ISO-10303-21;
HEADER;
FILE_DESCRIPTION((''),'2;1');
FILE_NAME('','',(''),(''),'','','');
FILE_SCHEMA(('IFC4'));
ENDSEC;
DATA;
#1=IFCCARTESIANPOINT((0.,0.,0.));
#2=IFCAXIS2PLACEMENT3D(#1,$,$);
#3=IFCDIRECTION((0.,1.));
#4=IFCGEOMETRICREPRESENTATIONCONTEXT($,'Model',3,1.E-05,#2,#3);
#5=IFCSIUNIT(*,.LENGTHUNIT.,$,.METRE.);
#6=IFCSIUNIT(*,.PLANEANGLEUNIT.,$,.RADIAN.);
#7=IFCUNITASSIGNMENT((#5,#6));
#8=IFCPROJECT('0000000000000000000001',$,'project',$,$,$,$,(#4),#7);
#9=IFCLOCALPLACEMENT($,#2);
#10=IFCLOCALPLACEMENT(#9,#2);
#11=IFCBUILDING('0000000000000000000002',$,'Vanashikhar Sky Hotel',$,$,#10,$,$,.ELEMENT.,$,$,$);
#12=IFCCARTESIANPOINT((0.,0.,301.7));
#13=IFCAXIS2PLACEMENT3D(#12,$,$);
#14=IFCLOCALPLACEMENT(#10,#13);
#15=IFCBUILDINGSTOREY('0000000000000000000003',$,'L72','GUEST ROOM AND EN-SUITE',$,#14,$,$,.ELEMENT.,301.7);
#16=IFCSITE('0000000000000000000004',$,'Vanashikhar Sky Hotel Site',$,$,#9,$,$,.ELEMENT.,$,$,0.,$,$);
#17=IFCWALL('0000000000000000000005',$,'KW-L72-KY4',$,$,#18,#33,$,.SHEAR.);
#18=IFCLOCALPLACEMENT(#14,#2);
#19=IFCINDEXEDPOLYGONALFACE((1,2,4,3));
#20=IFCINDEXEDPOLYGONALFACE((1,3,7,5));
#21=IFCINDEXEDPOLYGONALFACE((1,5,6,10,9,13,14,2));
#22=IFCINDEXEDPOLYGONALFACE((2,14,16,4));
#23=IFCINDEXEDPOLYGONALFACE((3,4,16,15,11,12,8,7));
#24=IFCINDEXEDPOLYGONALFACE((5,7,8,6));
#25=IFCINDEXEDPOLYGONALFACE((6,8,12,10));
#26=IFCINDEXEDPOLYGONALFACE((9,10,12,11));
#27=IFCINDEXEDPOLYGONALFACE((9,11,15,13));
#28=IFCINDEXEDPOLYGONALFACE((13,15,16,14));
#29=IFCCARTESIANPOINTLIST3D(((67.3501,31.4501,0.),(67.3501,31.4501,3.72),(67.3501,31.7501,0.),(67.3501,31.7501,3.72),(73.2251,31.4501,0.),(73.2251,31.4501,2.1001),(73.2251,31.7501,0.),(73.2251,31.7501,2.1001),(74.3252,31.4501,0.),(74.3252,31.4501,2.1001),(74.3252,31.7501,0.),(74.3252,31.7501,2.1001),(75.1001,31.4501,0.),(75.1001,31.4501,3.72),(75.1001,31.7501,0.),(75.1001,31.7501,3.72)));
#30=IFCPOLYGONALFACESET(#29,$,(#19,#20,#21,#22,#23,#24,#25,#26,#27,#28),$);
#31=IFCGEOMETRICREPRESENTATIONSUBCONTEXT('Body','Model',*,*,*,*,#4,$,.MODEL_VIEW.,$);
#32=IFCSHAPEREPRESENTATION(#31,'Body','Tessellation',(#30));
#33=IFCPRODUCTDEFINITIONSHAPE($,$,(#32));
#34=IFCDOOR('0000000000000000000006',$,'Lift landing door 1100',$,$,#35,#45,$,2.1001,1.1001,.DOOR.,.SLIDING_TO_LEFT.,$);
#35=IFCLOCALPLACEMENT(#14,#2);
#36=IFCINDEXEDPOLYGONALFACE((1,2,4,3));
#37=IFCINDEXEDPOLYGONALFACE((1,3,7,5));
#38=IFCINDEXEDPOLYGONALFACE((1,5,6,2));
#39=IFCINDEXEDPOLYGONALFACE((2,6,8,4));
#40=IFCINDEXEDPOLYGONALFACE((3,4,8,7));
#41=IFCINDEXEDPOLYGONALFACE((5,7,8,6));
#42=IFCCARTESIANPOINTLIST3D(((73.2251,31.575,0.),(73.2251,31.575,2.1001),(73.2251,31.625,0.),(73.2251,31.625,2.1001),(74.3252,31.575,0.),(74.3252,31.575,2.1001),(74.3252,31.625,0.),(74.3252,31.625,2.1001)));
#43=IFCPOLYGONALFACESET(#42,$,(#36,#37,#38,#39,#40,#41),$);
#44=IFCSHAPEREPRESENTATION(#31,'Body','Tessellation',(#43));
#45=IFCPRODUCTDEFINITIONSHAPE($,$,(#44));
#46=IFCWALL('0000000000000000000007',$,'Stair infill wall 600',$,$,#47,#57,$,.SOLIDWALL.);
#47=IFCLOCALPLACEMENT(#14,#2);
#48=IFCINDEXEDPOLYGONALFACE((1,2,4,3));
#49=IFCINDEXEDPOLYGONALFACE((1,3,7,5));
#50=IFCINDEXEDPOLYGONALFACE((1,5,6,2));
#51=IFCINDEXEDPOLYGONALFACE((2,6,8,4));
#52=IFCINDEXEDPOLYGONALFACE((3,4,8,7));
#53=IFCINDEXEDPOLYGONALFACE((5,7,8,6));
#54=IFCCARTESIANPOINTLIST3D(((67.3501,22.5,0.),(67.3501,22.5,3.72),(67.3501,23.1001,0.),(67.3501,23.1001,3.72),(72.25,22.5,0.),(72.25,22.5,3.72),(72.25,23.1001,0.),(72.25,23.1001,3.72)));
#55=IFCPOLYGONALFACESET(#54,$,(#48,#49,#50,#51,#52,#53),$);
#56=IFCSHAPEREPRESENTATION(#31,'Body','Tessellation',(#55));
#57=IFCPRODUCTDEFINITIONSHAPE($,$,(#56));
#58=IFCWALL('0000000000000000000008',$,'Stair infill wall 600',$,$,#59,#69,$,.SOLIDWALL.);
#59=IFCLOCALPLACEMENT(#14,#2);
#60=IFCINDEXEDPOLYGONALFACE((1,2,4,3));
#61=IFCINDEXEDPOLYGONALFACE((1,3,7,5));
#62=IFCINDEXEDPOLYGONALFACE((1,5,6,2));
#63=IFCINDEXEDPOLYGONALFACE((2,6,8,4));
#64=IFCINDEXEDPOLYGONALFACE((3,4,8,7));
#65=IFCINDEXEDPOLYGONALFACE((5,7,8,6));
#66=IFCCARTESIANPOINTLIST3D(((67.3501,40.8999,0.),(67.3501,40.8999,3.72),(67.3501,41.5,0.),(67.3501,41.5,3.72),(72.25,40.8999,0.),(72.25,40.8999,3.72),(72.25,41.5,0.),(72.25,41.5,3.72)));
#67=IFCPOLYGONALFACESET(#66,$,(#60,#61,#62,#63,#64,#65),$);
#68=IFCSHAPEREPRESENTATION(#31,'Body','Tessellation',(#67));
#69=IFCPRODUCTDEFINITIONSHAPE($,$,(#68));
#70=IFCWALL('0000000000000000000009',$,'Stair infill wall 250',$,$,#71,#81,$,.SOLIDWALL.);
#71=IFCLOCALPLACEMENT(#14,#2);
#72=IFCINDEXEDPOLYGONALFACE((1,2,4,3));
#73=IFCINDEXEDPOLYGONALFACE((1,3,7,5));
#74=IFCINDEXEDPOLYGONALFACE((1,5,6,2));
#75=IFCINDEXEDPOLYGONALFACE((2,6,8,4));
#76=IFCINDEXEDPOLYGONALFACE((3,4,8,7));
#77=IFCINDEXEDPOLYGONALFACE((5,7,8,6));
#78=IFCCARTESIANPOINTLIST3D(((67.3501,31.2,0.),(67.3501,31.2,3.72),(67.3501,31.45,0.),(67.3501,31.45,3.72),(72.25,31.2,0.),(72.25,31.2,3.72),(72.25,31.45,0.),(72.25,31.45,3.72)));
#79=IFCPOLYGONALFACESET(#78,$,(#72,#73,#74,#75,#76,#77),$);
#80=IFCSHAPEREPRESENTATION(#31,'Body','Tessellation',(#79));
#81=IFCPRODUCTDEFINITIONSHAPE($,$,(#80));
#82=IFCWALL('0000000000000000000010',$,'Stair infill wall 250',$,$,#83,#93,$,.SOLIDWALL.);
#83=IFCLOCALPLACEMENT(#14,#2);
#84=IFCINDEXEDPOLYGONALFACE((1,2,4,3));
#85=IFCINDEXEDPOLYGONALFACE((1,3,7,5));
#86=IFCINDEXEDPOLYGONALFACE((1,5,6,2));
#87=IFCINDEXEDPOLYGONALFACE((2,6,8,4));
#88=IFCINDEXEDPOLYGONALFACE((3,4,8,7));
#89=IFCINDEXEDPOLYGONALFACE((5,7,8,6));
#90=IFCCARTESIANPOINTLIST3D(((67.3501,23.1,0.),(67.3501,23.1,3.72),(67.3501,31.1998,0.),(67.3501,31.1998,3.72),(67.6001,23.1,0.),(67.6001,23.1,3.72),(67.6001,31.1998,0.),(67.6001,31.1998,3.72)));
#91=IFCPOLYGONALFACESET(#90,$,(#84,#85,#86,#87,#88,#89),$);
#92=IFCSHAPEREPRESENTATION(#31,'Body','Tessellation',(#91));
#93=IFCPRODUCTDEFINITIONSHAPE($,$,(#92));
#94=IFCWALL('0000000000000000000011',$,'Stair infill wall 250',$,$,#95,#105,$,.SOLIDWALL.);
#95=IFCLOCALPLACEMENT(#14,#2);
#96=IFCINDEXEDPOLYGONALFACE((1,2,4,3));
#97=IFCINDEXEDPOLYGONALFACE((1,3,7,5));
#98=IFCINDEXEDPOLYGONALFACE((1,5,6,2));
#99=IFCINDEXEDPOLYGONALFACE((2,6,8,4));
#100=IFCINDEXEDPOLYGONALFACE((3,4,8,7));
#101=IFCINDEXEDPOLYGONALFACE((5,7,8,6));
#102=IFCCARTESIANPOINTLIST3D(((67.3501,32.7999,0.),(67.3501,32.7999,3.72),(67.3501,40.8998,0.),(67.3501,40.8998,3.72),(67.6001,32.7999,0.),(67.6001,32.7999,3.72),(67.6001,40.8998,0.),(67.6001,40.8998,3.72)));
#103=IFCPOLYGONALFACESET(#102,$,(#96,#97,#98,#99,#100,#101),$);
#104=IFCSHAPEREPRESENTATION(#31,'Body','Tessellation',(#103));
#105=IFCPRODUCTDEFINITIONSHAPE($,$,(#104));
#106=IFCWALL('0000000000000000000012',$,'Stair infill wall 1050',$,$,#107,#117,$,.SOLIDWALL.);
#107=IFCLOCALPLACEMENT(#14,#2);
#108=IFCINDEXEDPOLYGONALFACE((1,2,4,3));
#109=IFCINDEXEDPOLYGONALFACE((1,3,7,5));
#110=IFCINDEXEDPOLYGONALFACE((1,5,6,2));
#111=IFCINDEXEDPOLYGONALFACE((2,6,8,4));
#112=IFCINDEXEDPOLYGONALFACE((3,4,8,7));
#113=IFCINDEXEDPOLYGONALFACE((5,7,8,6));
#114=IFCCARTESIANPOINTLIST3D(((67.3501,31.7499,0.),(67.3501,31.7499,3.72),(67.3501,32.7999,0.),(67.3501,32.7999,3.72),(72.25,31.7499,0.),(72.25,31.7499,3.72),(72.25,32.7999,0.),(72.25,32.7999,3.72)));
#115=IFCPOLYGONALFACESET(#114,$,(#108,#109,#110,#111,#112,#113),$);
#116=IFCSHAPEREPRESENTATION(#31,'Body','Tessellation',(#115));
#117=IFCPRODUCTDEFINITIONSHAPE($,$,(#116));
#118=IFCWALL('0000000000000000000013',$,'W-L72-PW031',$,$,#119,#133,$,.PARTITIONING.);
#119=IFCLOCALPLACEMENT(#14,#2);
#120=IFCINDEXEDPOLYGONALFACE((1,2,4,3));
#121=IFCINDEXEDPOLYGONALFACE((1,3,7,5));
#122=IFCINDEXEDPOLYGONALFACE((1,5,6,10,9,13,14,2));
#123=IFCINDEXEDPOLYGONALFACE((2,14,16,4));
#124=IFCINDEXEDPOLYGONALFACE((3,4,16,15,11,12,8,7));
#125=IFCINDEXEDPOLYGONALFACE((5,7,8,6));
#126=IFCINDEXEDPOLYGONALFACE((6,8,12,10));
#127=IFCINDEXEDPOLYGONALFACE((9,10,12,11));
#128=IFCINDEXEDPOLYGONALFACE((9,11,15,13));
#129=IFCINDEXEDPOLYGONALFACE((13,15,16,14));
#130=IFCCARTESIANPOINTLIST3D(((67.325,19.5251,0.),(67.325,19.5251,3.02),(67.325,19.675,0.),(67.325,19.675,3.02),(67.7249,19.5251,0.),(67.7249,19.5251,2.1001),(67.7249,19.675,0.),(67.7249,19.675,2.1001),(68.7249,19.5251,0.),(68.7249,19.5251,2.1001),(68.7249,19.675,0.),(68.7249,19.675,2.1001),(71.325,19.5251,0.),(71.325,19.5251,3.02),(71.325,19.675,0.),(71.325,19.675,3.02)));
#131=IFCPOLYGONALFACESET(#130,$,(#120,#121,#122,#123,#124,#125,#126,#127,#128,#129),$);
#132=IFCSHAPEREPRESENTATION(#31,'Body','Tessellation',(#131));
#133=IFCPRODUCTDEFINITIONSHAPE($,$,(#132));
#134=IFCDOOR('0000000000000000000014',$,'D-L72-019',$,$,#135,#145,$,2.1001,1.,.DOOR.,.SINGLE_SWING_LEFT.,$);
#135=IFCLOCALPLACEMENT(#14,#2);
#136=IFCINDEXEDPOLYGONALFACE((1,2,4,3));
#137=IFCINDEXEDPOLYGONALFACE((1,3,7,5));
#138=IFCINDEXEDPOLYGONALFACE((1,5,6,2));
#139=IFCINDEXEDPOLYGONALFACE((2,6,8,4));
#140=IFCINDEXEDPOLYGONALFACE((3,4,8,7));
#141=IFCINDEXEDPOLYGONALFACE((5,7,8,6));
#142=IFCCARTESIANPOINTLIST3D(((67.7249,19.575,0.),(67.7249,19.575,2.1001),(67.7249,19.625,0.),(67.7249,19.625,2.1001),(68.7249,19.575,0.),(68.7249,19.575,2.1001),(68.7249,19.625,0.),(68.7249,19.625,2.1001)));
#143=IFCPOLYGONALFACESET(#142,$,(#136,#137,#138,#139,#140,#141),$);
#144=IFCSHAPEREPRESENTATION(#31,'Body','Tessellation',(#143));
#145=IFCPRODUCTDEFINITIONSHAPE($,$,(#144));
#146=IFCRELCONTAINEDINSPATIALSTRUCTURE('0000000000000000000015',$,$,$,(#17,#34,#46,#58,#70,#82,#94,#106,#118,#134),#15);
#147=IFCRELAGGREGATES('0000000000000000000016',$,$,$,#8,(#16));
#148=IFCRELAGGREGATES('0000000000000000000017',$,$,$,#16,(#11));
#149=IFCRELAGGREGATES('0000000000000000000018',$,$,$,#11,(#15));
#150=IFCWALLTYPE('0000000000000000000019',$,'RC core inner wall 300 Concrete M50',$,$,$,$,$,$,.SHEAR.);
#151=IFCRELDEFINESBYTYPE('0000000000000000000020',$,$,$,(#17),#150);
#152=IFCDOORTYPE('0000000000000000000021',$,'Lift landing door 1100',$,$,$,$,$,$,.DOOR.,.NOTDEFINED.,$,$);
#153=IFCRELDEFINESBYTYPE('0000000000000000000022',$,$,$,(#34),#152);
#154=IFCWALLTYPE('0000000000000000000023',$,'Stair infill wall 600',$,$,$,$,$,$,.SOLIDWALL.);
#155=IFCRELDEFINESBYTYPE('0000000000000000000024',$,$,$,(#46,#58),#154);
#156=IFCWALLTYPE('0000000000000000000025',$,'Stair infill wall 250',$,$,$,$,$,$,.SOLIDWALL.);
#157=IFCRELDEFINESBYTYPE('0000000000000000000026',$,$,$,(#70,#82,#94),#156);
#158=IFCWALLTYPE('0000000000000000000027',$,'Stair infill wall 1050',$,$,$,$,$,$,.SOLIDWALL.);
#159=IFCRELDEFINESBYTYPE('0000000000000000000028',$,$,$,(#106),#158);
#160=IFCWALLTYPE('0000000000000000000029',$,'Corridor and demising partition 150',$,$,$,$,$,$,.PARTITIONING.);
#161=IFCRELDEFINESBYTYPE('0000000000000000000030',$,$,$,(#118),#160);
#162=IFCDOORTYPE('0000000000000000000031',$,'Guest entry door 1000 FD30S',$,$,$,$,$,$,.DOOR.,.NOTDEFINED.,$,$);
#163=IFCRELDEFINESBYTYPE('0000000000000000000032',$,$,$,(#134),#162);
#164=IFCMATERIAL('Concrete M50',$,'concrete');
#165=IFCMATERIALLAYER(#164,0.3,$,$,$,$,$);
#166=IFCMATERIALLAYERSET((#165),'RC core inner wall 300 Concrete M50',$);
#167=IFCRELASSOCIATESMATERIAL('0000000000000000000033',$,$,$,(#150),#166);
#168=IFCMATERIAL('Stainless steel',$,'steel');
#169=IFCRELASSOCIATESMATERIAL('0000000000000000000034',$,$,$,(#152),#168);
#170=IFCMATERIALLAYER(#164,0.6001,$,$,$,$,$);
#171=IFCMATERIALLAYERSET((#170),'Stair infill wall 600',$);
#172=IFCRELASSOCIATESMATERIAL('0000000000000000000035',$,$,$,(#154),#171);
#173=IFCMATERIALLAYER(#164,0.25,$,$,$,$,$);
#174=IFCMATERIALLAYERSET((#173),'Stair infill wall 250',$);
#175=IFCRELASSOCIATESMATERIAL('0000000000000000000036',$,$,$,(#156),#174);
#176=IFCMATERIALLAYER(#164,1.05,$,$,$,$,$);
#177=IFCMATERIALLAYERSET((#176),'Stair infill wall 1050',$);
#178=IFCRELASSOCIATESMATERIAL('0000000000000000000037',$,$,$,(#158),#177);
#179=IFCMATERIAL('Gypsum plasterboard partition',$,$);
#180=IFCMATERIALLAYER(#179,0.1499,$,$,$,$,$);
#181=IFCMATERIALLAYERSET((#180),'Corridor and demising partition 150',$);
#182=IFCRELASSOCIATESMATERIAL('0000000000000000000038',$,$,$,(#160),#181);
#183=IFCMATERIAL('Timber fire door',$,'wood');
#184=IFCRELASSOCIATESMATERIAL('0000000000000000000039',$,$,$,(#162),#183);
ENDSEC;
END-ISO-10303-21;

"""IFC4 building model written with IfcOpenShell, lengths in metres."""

from ifc_helpers import new_model, si_unit, direction, frame, frame_2d, origin, place, context, subcontext, project, spatial, rectangle, extrude, source, transform, mapped, material, layer, layer_set, type_object, element, fill, save


model = new_model("IFC4")

# Units and contexts
model_context = context("Model", 3, precision=1e-05, world=origin(), true_north=direction((0.0, 1.0)))
body_context = subcontext(model_context, "Body", "Model", "MODEL_VIEW")
ifc_project = project(units=[si_unit("LENGTHUNIT", "METRE"), si_unit("PLANEANGLEUNIT", "RADIAN")], contexts=[model_context])

# Site, building, storey
site_placement = place(None, origin())
site = spatial("IfcSite", under=ifc_project, at=site_placement, Name="Vanashikhar Sky Hotel Site", CompositionType="ELEMENT", RefElevation=0.0)
building_placement = place(site_placement, origin())
building = spatial("IfcBuilding", under=site, at=building_placement, Name="Vanashikhar Sky Hotel", CompositionType="ELEMENT")
storey_placement = place(building_placement, frame((0.0, 0.0, 301.7)))
storey = spatial("IfcBuildingStorey", under=building, at=storey_placement, Name="L72", Description="GUEST ROOM AND EN-SUITE", CompositionType="ELEMENT", Elevation=301.7)

# Wall, opening, door
ifc_material_1 = material(Name="Concrete M50", Category="concrete")
ifc_layer_1 = layer(ifc_material_1, 0.3)
ifc_layer_set_1 = layer_set([ifc_layer_1], Name="RC core inner wall 300 Concrete M50")
wall_type_1 = type_object("IfcWallType", Name="RC core inner wall 300 Concrete M50", PredefinedType="SHEAR", material=ifc_layer_set_1)
shared_shape_1 = source(origin(), body_context, "Body", "SweptSolid", [
    extrude(rectangle(XDim=7.75, YDim=0.3, at=frame_2d((3.875, 0.0))), origin(), (0.0, 0.0, 1.0), 3.72),
])
wall_1_placement = place(storey_placement, frame((67.3501, 31.6001, 0.0), z_axis=(0.0, 0.0, 1.0), x_axis=(1.0, 0.0, 0.0)))
wall_1 = element("IfcWall", 1, at=wall_1_placement, inside=storey, type_object=wall_type_1, Name="KW-L72-KY4", PredefinedType="SHEAR", context=body_context, shape_type="MappedRepresentation", body=[
    mapped(shared_shape_1, transform((0.0, 0.0, 0.0), scale=1.0)),
])
shared_shape_2 = source(origin(), body_context, "Body", "SweptSolid", [
    extrude(rectangle(XDim=1.1001, YDim=2.1001, at=frame_2d((0.55, 1.05))), frame((0.0, 0.1602, 0.0), z_axis=(0.0, -1.0, 0.0), x_axis=(1.0, 0.0, 0.0)), (0.0, 0.0, 1.0), 0.3201),
])
opening_1_placement = place(wall_1_placement, frame((5.875, 0.0, 0.0)))
opening_1 = element("IfcOpeningElement", 2, at=opening_1_placement, cuts=wall_1, PredefinedType="OPENING", context=body_context, shape_type="MappedRepresentation", body=[
    mapped(shared_shape_2, transform((0.0, 0.0, 0.0), scale=1.0)),
])
ifc_material_2 = material(Name="Stainless steel", Category="steel")
door_type_1 = type_object("IfcDoorType", Name="Lift landing door 1100", OperationType="NOTDEFINED", PredefinedType="DOOR", material=ifc_material_2)
shared_shape_3 = source(origin(), body_context, "Body", "SweptSolid", [
    extrude(rectangle(XDim=1.1001, YDim=2.1001, at=frame_2d((0.55, 1.05))), frame((0.0, 0.0249, 0.0), z_axis=(0.0, -1.0, 0.0), x_axis=(1.0, 0.0, 0.0)), (0.0, 0.0, 1.0), 0.05),
])
door_1_placement = place(opening_1_placement, origin())
door_1 = element("IfcDoor", 3, at=door_1_placement, inside=storey, type_object=door_type_1, Name="Lift landing door 1100", OperationType="SLIDING_TO_LEFT", OverallHeight=2.1001, OverallWidth=1.1001, PredefinedType="DOOR", context=body_context, shape_type="MappedRepresentation", body=[
    mapped(shared_shape_3, transform((0.0, 0.0, 0.0), scale=1.0)),
])
fill(opening_1, door_1)

# Walls
ifc_layer_2 = layer(ifc_material_1, 0.6001)
ifc_layer_set_2 = layer_set([ifc_layer_2], Name="Stair infill wall 600")
wall_type_2 = type_object("IfcWallType", Name="Stair infill wall 600", PredefinedType="SOLIDWALL", material=ifc_layer_set_2)
shared_shape_4 = source(origin(), body_context, "Body", "SweptSolid", [
    extrude(rectangle(XDim=4.8999, YDim=0.6001, at=frame_2d((2.45, 0.0))), origin(), (0.0, 0.0, 1.0), 3.72),
])
for number, where, z_axis, x_axis, name in (
    (4, (67.3501, 22.8, 0.0), (0.0, 0.0, 1.0), (1.0, 0.0, 0.0), "Stair infill wall 600"),
    (5, (67.3501, 41.2, 0.0), (0.0, 0.0, 1.0), (1.0, 0.0, 0.0), "Stair infill wall 600"),
):
    element("IfcWall", number, at=place(storey_placement, frame(where, z_axis=z_axis, x_axis=x_axis)), inside=storey, type_object=wall_type_2, Name=name, PredefinedType="SOLIDWALL", context=body_context, shape_type="MappedRepresentation", body=[
        mapped(shared_shape_4, transform((0.0, 0.0, 0.0), scale=1.0)),
    ])
ifc_layer_3 = layer(ifc_material_1, 0.25)
ifc_layer_set_3 = layer_set([ifc_layer_3], Name="Stair infill wall 250")
wall_type_3 = type_object("IfcWallType", Name="Stair infill wall 250", PredefinedType="SOLIDWALL", material=ifc_layer_set_3)
shared_shape_5 = source(origin(), body_context, "Body", "SweptSolid", [
    extrude(rectangle(XDim=4.8999, YDim=0.25, at=frame_2d((2.45, 0.0))), origin(), (0.0, 0.0, 1.0), 3.72),
])
wall_2_placement = place(storey_placement, frame((67.3501, 31.325, 0.0), z_axis=(0.0, 0.0, 1.0), x_axis=(1.0, 0.0, 0.0)))
element("IfcWall", 6, at=wall_2_placement, inside=storey, type_object=wall_type_3, Name="Stair infill wall 250", PredefinedType="SOLIDWALL", context=body_context, shape_type="MappedRepresentation", body=[
    mapped(shared_shape_5, transform((0.0, 0.0, 0.0), scale=1.0)),
])
shared_shape_6 = source(origin(), body_context, "Body", "SweptSolid", [
    extrude(rectangle(XDim=8.0999, YDim=0.25, at=frame_2d((4.0498, 0.0))), origin(), (0.0, 0.0, 1.0), 3.72),
])
for number, where, z_axis, x_axis, name in (
    (7, (67.4751, 23.1001, 0.0), (0.0, 0.0, 1.0), (0.0, 1.0, 0.0), "Stair infill wall 250"),
    (8, (67.4751, 32.8, 0.0), (0.0, 0.0, 1.0), (0.0, 1.0, 0.0), "Stair infill wall 250"),
):
    element("IfcWall", number, at=place(storey_placement, frame(where, z_axis=z_axis, x_axis=x_axis)), inside=storey, type_object=wall_type_3, Name=name, PredefinedType="SOLIDWALL", context=body_context, shape_type="MappedRepresentation", body=[
        mapped(shared_shape_6, transform((0.0, 0.0, 0.0), scale=1.0)),
    ])
ifc_layer_4 = layer(ifc_material_1, 1.05)
ifc_layer_set_4 = layer_set([ifc_layer_4], Name="Stair infill wall 1050")
wall_type_4 = type_object("IfcWallType", Name="Stair infill wall 1050", PredefinedType="SOLIDWALL", material=ifc_layer_set_4)
shared_shape_7 = source(origin(), body_context, "Body", "SweptSolid", [
    extrude(rectangle(XDim=4.8999, YDim=1.05, at=frame_2d((2.45, 0.0))), origin(), (0.0, 0.0, 1.0), 3.72),
])
wall_3_placement = place(storey_placement, frame((67.3501, 32.2749, 0.0), z_axis=(0.0, 0.0, 1.0), x_axis=(1.0, 0.0, 0.0)))
element("IfcWall", 9, at=wall_3_placement, inside=storey, type_object=wall_type_4, Name="Stair infill wall 1050", PredefinedType="SOLIDWALL", context=body_context, shape_type="MappedRepresentation", body=[
    mapped(shared_shape_7, transform((0.0, 0.0, 0.0), scale=1.0)),
])

# Wall, opening, door
ifc_material_3 = material(Name="Gypsum plasterboard partition")
ifc_layer_5 = layer(ifc_material_3, 0.1499)
ifc_layer_set_5 = layer_set([ifc_layer_5], Name="Corridor and demising partition 150")
wall_type_5 = type_object("IfcWallType", Name="Corridor and demising partition 150", PredefinedType="PARTITIONING", material=ifc_layer_set_5)
shared_shape_8 = source(origin(), body_context, "Body", "SweptSolid", [
    extrude(rectangle(XDim=4.0, YDim=0.1499, at=frame_2d((2.0, 0.0))), origin(), (0.0, 0.0, 1.0), 3.02),
])
wall_4_placement = place(storey_placement, frame((67.325, 19.6001, 0.0), z_axis=(0.0, 0.0, 1.0), x_axis=(1.0, 0.0, 0.0)))
wall_4 = element("IfcWall", 10, at=wall_4_placement, inside=storey, type_object=wall_type_5, Name="W-L72-PW031", PredefinedType="PARTITIONING", context=body_context, shape_type="MappedRepresentation", body=[
    mapped(shared_shape_8, transform((0.0, 0.0, 0.0), scale=1.0)),
])
shared_shape_9 = source(origin(), body_context, "Body", "SweptSolid", [
    extrude(rectangle(XDim=1.0, YDim=2.1001, at=frame_2d((0.5, 1.05))), frame((0.0, 0.085, 0.0), z_axis=(0.0, -1.0, 0.0), x_axis=(1.0, 0.0, 0.0)), (0.0, 0.0, 1.0), 0.1699),
])
opening_2_placement = place(wall_4_placement, frame((0.3999, 0.0, 0.0)))
opening_2 = element("IfcOpeningElement", 11, at=opening_2_placement, cuts=wall_4, PredefinedType="OPENING", context=body_context, shape_type="MappedRepresentation", body=[
    mapped(shared_shape_9, transform((0.0, 0.0, 0.0), scale=1.0)),
])
ifc_material_4 = material(Name="Timber fire door", Category="wood")
door_type_2 = type_object("IfcDoorType", Name="Guest entry door 1000 FD30S", OperationType="NOTDEFINED", PredefinedType="DOOR", material=ifc_material_4)
shared_shape_10 = source(origin(), body_context, "Body", "SweptSolid", [
    extrude(rectangle(XDim=1.0, YDim=2.1001, at=frame_2d((0.5, 1.05))), frame((0.0, 0.0249, 0.0), z_axis=(0.0, -1.0, 0.0), x_axis=(1.0, 0.0, 0.0)), (0.0, 0.0, 1.0), 0.05),
])
door_2_placement = place(opening_2_placement, origin())
door_2 = element("IfcDoor", 12, at=door_2_placement, inside=storey, type_object=door_type_2, Name="D-L72-019", OperationType="SINGLE_SWING_LEFT", OverallHeight=2.1001, OverallWidth=1.0, PredefinedType="DOOR", context=body_context, shape_type="MappedRepresentation", body=[
    mapped(shared_shape_10, transform((0.0, 0.0, 0.0), scale=1.0)),
])
fill(opening_2, door_2)

save(model, "model.ifc")
